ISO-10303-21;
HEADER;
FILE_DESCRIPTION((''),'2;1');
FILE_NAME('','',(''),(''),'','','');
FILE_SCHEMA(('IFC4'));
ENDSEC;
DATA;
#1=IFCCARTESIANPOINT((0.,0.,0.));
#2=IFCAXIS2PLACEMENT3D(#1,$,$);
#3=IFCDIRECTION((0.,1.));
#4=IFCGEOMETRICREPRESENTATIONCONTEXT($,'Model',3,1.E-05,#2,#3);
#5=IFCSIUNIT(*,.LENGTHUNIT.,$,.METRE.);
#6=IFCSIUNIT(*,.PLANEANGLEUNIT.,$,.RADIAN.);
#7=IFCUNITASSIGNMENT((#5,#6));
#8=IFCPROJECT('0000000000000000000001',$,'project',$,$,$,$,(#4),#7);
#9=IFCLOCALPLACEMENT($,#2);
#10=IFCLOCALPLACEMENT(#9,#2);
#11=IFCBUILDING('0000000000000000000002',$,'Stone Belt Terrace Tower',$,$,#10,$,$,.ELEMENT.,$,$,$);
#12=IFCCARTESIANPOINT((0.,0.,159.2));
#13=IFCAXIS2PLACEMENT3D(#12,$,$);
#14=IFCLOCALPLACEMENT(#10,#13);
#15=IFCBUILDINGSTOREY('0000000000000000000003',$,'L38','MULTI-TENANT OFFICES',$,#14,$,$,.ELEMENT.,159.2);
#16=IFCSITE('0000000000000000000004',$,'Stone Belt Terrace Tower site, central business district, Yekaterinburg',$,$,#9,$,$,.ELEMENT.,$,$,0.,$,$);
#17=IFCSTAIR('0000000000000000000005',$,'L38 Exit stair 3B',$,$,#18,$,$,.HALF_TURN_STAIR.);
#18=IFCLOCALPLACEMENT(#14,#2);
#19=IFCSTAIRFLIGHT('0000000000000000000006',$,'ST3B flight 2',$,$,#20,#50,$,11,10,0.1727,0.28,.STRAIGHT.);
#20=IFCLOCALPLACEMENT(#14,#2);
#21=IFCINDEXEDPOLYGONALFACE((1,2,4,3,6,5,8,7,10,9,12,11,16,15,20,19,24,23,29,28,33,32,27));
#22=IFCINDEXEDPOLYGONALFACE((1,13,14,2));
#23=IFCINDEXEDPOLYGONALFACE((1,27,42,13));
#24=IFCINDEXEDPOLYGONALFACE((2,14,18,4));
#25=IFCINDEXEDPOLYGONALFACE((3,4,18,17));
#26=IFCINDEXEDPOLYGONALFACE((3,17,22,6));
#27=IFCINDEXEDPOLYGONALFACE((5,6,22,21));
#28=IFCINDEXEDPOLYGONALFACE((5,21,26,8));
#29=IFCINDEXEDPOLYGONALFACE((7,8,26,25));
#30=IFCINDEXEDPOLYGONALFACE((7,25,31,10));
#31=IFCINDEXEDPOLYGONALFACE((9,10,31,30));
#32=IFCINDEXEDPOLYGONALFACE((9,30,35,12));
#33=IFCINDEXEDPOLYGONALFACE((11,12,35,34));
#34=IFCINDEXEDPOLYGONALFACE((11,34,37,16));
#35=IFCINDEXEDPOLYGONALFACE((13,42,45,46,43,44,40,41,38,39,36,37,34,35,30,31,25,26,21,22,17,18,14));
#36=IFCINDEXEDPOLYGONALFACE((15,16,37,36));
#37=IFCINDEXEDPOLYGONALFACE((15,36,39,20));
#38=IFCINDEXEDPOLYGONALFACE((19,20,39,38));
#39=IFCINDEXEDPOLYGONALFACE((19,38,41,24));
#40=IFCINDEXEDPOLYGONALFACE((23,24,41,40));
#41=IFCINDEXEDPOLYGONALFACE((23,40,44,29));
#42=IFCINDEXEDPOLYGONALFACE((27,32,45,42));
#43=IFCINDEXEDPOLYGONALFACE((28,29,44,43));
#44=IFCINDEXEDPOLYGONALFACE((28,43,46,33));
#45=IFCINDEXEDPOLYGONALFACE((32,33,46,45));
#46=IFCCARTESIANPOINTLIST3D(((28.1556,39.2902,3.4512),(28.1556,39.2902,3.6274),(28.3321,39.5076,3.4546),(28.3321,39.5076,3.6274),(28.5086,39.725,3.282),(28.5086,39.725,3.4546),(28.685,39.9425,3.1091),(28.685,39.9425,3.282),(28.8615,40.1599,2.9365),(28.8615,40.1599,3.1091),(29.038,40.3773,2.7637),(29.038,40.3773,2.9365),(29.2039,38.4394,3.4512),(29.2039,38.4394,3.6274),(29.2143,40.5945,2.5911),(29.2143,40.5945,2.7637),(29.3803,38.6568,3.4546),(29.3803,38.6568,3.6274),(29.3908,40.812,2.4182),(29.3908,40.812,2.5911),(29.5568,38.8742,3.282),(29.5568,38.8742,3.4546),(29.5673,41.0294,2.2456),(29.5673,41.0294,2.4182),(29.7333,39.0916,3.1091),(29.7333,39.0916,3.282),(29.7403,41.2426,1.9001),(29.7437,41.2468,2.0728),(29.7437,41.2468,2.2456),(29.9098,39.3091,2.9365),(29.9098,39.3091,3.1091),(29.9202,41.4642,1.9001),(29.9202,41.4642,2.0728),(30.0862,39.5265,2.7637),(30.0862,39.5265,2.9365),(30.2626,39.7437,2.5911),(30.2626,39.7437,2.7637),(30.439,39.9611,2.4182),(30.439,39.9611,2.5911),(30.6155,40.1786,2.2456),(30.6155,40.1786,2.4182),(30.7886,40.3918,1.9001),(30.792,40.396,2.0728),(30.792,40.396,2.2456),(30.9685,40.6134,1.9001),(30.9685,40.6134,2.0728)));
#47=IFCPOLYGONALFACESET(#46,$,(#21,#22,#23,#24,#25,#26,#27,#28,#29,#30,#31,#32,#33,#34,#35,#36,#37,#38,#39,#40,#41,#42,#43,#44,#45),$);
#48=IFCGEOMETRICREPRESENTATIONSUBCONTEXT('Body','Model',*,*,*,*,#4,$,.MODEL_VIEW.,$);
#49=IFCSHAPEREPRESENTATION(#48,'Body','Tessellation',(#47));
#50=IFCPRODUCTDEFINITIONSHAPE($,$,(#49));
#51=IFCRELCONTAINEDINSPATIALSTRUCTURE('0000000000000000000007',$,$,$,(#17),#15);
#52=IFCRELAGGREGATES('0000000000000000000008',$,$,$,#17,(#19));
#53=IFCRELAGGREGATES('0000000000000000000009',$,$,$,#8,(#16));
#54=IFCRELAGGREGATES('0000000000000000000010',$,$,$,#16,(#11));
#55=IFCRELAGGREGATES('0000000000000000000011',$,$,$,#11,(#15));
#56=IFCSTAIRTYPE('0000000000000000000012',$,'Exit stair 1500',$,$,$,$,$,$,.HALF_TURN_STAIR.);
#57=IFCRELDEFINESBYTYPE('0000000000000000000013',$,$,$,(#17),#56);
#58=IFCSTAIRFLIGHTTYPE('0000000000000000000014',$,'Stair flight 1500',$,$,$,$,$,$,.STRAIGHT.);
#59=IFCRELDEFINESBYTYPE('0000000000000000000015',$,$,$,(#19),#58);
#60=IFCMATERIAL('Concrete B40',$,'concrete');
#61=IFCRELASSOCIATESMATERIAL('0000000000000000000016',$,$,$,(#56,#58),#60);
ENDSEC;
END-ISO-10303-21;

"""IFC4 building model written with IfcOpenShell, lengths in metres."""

from ifc_helpers import new_model, si_unit, direction, frame, origin, place, context, subcontext, project, spatial, polyline, outline, extrude, material, type_object, element, aggregate, save


model = new_model("IFC4")

# Units and contexts
model_context = context("Model", 3, precision=1e-05, world=origin(), true_north=direction((0.0, 1.0)))
body_context = subcontext(model_context, "Body", "Model", "MODEL_VIEW")
ifc_project = project(units=[si_unit("LENGTHUNIT", "METRE"), si_unit("PLANEANGLEUNIT", "RADIAN")], contexts=[model_context])

# Site, building, storey
site_placement = place(None, origin())
site = spatial("IfcSite", under=ifc_project, at=site_placement, Name="Stone Belt Terrace Tower site, central business district, Yekaterinburg", CompositionType="ELEMENT", RefElevation=0.0)
building_placement = place(site_placement, origin())
building = spatial("IfcBuilding", under=site, at=building_placement, Name="Stone Belt Terrace Tower", CompositionType="ELEMENT")
storey_placement = place(building_placement, frame((0.0, 0.0, 159.2)))
storey = spatial("IfcBuildingStorey", under=building, at=storey_placement, Name="L38", Description="MULTI-TENANT OFFICES", CompositionType="ELEMENT", Elevation=159.2)

# Stair, stair flight
ifc_material_1 = material(Name="Concrete B40", Category="concrete")
stair_type = type_object("IfcStairType", Name="Exit stair 1500", PredefinedType="HALF_TURN_STAIR", material=ifc_material_1)
stair_placement = place(storey_placement, origin())
stair = element("IfcStair", 1, at=stair_placement, inside=storey, type_object=stair_type, Name="L38 Exit stair 3B", PredefinedType="HALF_TURN_STAIR")
stair_flight_type = type_object("IfcStairFlightType", Name="Stair flight 1500", PredefinedType="STRAIGHT", material=ifc_material_1)
stair_flight_placement = place(storey_placement, frame((30.4443, 41.0388, 1.9001), z_axis=(0.0, 0.0, 1.0), x_axis=(-0.630206, -0.776428, 0.0)))
stair_flight = element("IfcStairFlight", 2, at=stair_flight_placement, type_object=stair_flight_type, Name="ST3B flight 2", NumberOfRisers=11, NumberOfTreads=10, PredefinedType="STRAIGHT", RiserHeight=0.1727, TreadLength=0.28, context=body_context, shape_type="SweptSolid", body=[
    extrude(outline(polyline([(0.0, 0.0), (0.0, 0.1726), (0.28, 0.1726), (0.28, 0.3455), (0.5601, 0.3455), (0.5601, 0.5181), (0.8401, 0.5181), (0.8401, 0.6909), (1.1201, 0.6909), (1.1201, 0.8635), (1.3999, 0.8635), (1.3999, 1.0364), (1.6799, 1.0364), (1.6799, 1.209), (1.96, 1.209), (1.96, 1.3818), (2.24, 1.3818), (2.24, 1.5544), (2.52, 1.5544), (2.52, 1.7273), (2.8, 1.7273), (2.8, 1.8999), (2.8, 1.551), (0.2854, 0.0), (0.0, 0.0)])), frame((0.0, 0.675, 0.0), z_axis=(0.0, -1.0, 0.0), x_axis=(1.0, 0.0, 0.0)), (0.0, 0.0, 1.0), 1.3501),
])
aggregate(stair, [stair_flight])

save(model, "model.ifc")
